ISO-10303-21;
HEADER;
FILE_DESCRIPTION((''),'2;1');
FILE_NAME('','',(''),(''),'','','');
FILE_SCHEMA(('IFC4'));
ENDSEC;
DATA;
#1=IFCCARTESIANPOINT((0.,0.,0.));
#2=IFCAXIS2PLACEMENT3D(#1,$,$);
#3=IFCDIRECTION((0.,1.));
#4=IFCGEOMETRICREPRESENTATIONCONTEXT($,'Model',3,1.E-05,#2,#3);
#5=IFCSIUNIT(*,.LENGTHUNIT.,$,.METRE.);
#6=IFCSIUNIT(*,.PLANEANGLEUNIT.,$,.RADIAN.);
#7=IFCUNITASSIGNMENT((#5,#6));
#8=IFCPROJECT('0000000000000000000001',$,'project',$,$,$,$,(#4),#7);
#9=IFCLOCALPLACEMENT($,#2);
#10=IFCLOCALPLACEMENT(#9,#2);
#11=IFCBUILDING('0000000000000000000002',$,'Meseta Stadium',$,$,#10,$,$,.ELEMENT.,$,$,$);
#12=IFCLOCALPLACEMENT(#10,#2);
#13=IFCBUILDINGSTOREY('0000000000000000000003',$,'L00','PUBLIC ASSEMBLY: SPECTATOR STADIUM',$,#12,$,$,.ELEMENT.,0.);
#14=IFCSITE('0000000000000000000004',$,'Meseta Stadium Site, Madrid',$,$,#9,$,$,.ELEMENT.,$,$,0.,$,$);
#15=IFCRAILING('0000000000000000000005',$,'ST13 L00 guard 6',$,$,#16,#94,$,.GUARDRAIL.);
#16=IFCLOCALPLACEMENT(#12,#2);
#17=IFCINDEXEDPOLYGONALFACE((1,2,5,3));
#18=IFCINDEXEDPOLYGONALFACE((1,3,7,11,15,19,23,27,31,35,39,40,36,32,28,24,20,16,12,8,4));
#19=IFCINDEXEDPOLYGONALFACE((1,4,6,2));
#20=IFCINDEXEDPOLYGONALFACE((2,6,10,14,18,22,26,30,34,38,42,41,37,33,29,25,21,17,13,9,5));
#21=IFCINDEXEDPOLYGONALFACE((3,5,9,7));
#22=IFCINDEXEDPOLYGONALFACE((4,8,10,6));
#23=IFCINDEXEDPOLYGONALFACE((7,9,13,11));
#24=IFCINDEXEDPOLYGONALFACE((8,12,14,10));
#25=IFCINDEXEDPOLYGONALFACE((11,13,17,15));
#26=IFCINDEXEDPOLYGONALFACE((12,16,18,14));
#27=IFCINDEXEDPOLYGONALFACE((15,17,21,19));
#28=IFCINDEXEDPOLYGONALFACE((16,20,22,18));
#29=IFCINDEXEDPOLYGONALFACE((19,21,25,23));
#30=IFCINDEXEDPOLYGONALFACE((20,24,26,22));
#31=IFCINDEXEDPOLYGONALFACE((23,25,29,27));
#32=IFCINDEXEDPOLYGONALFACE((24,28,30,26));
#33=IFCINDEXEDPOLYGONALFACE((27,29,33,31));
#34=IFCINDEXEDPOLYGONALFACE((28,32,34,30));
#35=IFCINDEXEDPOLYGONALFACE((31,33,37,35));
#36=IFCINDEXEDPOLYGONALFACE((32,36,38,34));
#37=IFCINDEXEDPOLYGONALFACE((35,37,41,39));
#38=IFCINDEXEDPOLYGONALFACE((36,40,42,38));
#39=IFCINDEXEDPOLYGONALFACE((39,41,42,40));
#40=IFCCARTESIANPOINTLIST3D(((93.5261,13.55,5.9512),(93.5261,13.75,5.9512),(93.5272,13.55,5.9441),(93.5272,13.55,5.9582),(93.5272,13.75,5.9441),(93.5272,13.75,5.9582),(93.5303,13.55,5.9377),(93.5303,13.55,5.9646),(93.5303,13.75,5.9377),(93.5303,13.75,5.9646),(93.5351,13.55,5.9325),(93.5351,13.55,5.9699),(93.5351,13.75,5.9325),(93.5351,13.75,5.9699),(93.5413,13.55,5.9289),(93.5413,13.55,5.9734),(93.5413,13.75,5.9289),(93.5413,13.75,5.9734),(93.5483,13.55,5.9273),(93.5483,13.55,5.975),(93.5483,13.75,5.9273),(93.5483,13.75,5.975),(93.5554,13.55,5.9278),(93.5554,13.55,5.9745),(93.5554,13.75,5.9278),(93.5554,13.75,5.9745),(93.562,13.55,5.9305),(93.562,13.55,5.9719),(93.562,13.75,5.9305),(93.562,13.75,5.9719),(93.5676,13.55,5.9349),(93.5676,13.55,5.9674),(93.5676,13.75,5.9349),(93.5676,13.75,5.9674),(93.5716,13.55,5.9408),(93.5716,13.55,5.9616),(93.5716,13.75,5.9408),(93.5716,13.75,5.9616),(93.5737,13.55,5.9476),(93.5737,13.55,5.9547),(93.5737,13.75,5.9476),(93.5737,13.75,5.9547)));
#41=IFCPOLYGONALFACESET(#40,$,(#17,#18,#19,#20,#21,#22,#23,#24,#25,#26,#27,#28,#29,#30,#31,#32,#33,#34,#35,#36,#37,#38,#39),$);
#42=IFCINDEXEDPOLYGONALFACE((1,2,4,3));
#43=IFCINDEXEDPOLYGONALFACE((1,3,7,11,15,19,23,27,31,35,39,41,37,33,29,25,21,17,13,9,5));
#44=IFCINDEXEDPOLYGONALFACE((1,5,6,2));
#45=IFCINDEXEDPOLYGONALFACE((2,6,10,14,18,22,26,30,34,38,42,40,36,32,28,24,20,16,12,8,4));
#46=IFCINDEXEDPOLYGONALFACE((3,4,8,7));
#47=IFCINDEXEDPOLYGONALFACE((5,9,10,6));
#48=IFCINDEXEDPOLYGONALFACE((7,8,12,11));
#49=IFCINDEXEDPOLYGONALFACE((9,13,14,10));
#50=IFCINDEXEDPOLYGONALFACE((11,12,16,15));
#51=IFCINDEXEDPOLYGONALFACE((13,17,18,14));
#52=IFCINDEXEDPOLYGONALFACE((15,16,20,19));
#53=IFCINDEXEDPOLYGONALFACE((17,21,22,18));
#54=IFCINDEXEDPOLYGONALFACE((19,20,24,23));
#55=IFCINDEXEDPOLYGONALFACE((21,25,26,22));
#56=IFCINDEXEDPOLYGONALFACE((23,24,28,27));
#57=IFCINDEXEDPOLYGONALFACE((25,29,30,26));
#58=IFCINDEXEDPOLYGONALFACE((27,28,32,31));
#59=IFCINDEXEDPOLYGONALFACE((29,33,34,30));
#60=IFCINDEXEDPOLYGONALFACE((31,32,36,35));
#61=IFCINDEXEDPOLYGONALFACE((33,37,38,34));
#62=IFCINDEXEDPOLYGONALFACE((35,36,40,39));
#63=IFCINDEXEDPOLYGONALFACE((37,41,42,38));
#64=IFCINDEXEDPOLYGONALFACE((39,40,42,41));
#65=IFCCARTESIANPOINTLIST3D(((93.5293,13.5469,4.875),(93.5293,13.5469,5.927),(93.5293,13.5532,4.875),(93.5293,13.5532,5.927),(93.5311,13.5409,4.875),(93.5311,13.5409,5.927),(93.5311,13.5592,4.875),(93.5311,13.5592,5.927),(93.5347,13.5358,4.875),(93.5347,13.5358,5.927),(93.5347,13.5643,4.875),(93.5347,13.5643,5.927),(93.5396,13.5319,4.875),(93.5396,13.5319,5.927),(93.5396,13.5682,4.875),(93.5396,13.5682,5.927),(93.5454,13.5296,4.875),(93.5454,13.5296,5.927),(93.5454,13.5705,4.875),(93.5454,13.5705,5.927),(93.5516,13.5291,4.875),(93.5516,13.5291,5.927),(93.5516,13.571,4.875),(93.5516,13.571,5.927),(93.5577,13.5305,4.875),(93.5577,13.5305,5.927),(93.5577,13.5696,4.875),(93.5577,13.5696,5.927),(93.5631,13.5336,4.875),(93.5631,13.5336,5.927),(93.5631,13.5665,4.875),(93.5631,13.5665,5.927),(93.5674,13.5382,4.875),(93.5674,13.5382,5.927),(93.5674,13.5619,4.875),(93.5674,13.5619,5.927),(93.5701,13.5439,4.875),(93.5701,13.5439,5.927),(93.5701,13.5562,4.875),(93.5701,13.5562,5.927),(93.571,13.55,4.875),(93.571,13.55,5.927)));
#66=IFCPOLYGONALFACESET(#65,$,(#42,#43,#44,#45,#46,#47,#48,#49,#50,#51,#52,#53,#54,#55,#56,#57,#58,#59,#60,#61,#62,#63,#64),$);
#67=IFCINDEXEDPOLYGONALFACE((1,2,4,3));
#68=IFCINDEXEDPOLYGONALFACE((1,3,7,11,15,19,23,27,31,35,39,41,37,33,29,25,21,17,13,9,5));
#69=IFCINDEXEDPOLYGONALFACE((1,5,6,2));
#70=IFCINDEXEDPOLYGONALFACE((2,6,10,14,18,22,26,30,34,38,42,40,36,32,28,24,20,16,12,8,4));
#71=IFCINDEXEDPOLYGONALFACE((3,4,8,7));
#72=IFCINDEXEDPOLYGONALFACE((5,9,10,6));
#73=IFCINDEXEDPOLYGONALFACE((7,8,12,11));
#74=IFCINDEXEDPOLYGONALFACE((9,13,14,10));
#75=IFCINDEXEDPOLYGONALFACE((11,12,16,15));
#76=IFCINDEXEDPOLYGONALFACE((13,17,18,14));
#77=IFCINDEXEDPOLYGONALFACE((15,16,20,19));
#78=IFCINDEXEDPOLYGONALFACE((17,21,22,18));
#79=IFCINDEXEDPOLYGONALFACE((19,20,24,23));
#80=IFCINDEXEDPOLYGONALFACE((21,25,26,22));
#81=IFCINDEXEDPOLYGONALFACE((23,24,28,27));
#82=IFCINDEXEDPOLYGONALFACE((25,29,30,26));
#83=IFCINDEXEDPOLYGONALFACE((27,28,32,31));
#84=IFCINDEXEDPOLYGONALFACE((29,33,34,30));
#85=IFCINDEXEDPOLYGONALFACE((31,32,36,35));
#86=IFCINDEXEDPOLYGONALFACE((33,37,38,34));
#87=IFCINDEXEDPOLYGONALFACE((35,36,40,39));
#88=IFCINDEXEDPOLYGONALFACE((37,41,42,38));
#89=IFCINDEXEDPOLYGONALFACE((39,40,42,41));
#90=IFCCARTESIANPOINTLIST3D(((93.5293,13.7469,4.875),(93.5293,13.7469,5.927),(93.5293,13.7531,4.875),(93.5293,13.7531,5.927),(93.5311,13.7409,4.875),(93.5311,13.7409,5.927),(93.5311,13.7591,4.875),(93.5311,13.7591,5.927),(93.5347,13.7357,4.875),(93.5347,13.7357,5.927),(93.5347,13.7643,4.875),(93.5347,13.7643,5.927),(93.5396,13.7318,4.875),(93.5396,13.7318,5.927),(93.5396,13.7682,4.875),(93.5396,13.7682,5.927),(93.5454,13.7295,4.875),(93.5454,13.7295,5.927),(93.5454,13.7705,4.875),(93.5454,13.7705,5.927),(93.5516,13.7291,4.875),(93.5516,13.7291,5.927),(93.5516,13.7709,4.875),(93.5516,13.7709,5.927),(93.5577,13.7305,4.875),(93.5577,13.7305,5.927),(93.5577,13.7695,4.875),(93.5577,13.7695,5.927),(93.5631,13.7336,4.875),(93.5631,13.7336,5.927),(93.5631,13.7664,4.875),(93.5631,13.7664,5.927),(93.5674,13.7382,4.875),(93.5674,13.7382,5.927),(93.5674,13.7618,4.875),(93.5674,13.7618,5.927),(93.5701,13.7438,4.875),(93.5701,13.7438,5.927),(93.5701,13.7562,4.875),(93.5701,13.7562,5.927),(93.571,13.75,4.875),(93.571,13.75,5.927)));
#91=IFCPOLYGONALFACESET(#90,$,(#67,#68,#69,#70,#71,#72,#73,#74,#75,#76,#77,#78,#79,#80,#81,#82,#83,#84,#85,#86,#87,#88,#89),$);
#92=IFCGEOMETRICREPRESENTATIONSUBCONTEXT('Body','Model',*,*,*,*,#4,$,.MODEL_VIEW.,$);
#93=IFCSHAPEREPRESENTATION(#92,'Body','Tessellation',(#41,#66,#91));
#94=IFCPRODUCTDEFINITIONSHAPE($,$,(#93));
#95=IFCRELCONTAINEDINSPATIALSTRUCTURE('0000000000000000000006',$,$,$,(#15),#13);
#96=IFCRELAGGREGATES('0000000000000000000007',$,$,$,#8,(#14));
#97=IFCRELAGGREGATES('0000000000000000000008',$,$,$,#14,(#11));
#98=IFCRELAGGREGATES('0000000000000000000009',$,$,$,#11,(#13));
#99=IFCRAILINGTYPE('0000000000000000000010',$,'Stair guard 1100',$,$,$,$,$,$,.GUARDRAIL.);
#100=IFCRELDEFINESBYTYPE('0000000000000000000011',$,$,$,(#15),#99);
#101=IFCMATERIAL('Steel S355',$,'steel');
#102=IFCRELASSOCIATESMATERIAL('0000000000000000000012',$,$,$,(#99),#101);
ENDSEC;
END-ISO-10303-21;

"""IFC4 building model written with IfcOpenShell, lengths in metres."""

from ifc_helpers import new_model, si_unit, direction, frame, origin, origin_2d, place, context, subcontext, project, spatial, circle, extrude, material, type_object, element, save


model = new_model("IFC4")

# Units and contexts
model_context = context("Model", 3, precision=1e-05, world=origin(), true_north=direction((0.0, 1.0)))
body_context = subcontext(model_context, "Body", "Model", "MODEL_VIEW")
ifc_project = project(units=[si_unit("LENGTHUNIT", "METRE"), si_unit("PLANEANGLEUNIT", "RADIAN")], contexts=[model_context])

# Site, building, storey
site_placement = place(None, origin())
site = spatial("IfcSite", under=ifc_project, at=site_placement, Name="Meseta Stadium Site, Madrid", CompositionType="ELEMENT", RefElevation=0.0)
building_placement = place(site_placement, origin())
building = spatial("IfcBuilding", under=site, at=building_placement, Name="Meseta Stadium", CompositionType="ELEMENT")
storey_placement = place(building_placement, origin())
storey = spatial("IfcBuildingStorey", under=building, at=storey_placement, Name="L00", Description="PUBLIC ASSEMBLY: SPECTATOR STADIUM", CompositionType="ELEMENT", Elevation=0.0)

# Railing
ifc_material_1 = material(Name="Steel S355", Category="steel")
railing_type_1 = type_object("IfcRailingType", Name="Stair guard 1100", PredefinedType="GUARDRAIL", material=ifc_material_1)
railing_1_placement = place(storey_placement, frame((93.55, 13.55, 4.875)))
element("IfcRailing", 1, at=railing_1_placement, inside=storey, type_object=railing_type_1, Name="ST13 L00 guard 6", PredefinedType="GUARDRAIL", context=body_context, shape_type="SweptSolid", body=[
    extrude(circle(Radius=0.0239, at=origin_2d()), frame((0.0, 0.0, 1.0762), z_axis=(0.0, 1.0, 0.0), x_axis=(-1.0, 0.0, 0.0)), (0.0, 0.0, 1.0), 0.2),
    extrude(circle(Radius=0.021, at=origin_2d()), origin(), (0.0, 0.0, 1.0), 1.052),
    extrude(circle(Radius=0.021, at=origin_2d()), frame((0.0, 0.2, 0.0)), (0.0, 0.0, 1.0), 1.052),
])

save(model, "model.ifc")
